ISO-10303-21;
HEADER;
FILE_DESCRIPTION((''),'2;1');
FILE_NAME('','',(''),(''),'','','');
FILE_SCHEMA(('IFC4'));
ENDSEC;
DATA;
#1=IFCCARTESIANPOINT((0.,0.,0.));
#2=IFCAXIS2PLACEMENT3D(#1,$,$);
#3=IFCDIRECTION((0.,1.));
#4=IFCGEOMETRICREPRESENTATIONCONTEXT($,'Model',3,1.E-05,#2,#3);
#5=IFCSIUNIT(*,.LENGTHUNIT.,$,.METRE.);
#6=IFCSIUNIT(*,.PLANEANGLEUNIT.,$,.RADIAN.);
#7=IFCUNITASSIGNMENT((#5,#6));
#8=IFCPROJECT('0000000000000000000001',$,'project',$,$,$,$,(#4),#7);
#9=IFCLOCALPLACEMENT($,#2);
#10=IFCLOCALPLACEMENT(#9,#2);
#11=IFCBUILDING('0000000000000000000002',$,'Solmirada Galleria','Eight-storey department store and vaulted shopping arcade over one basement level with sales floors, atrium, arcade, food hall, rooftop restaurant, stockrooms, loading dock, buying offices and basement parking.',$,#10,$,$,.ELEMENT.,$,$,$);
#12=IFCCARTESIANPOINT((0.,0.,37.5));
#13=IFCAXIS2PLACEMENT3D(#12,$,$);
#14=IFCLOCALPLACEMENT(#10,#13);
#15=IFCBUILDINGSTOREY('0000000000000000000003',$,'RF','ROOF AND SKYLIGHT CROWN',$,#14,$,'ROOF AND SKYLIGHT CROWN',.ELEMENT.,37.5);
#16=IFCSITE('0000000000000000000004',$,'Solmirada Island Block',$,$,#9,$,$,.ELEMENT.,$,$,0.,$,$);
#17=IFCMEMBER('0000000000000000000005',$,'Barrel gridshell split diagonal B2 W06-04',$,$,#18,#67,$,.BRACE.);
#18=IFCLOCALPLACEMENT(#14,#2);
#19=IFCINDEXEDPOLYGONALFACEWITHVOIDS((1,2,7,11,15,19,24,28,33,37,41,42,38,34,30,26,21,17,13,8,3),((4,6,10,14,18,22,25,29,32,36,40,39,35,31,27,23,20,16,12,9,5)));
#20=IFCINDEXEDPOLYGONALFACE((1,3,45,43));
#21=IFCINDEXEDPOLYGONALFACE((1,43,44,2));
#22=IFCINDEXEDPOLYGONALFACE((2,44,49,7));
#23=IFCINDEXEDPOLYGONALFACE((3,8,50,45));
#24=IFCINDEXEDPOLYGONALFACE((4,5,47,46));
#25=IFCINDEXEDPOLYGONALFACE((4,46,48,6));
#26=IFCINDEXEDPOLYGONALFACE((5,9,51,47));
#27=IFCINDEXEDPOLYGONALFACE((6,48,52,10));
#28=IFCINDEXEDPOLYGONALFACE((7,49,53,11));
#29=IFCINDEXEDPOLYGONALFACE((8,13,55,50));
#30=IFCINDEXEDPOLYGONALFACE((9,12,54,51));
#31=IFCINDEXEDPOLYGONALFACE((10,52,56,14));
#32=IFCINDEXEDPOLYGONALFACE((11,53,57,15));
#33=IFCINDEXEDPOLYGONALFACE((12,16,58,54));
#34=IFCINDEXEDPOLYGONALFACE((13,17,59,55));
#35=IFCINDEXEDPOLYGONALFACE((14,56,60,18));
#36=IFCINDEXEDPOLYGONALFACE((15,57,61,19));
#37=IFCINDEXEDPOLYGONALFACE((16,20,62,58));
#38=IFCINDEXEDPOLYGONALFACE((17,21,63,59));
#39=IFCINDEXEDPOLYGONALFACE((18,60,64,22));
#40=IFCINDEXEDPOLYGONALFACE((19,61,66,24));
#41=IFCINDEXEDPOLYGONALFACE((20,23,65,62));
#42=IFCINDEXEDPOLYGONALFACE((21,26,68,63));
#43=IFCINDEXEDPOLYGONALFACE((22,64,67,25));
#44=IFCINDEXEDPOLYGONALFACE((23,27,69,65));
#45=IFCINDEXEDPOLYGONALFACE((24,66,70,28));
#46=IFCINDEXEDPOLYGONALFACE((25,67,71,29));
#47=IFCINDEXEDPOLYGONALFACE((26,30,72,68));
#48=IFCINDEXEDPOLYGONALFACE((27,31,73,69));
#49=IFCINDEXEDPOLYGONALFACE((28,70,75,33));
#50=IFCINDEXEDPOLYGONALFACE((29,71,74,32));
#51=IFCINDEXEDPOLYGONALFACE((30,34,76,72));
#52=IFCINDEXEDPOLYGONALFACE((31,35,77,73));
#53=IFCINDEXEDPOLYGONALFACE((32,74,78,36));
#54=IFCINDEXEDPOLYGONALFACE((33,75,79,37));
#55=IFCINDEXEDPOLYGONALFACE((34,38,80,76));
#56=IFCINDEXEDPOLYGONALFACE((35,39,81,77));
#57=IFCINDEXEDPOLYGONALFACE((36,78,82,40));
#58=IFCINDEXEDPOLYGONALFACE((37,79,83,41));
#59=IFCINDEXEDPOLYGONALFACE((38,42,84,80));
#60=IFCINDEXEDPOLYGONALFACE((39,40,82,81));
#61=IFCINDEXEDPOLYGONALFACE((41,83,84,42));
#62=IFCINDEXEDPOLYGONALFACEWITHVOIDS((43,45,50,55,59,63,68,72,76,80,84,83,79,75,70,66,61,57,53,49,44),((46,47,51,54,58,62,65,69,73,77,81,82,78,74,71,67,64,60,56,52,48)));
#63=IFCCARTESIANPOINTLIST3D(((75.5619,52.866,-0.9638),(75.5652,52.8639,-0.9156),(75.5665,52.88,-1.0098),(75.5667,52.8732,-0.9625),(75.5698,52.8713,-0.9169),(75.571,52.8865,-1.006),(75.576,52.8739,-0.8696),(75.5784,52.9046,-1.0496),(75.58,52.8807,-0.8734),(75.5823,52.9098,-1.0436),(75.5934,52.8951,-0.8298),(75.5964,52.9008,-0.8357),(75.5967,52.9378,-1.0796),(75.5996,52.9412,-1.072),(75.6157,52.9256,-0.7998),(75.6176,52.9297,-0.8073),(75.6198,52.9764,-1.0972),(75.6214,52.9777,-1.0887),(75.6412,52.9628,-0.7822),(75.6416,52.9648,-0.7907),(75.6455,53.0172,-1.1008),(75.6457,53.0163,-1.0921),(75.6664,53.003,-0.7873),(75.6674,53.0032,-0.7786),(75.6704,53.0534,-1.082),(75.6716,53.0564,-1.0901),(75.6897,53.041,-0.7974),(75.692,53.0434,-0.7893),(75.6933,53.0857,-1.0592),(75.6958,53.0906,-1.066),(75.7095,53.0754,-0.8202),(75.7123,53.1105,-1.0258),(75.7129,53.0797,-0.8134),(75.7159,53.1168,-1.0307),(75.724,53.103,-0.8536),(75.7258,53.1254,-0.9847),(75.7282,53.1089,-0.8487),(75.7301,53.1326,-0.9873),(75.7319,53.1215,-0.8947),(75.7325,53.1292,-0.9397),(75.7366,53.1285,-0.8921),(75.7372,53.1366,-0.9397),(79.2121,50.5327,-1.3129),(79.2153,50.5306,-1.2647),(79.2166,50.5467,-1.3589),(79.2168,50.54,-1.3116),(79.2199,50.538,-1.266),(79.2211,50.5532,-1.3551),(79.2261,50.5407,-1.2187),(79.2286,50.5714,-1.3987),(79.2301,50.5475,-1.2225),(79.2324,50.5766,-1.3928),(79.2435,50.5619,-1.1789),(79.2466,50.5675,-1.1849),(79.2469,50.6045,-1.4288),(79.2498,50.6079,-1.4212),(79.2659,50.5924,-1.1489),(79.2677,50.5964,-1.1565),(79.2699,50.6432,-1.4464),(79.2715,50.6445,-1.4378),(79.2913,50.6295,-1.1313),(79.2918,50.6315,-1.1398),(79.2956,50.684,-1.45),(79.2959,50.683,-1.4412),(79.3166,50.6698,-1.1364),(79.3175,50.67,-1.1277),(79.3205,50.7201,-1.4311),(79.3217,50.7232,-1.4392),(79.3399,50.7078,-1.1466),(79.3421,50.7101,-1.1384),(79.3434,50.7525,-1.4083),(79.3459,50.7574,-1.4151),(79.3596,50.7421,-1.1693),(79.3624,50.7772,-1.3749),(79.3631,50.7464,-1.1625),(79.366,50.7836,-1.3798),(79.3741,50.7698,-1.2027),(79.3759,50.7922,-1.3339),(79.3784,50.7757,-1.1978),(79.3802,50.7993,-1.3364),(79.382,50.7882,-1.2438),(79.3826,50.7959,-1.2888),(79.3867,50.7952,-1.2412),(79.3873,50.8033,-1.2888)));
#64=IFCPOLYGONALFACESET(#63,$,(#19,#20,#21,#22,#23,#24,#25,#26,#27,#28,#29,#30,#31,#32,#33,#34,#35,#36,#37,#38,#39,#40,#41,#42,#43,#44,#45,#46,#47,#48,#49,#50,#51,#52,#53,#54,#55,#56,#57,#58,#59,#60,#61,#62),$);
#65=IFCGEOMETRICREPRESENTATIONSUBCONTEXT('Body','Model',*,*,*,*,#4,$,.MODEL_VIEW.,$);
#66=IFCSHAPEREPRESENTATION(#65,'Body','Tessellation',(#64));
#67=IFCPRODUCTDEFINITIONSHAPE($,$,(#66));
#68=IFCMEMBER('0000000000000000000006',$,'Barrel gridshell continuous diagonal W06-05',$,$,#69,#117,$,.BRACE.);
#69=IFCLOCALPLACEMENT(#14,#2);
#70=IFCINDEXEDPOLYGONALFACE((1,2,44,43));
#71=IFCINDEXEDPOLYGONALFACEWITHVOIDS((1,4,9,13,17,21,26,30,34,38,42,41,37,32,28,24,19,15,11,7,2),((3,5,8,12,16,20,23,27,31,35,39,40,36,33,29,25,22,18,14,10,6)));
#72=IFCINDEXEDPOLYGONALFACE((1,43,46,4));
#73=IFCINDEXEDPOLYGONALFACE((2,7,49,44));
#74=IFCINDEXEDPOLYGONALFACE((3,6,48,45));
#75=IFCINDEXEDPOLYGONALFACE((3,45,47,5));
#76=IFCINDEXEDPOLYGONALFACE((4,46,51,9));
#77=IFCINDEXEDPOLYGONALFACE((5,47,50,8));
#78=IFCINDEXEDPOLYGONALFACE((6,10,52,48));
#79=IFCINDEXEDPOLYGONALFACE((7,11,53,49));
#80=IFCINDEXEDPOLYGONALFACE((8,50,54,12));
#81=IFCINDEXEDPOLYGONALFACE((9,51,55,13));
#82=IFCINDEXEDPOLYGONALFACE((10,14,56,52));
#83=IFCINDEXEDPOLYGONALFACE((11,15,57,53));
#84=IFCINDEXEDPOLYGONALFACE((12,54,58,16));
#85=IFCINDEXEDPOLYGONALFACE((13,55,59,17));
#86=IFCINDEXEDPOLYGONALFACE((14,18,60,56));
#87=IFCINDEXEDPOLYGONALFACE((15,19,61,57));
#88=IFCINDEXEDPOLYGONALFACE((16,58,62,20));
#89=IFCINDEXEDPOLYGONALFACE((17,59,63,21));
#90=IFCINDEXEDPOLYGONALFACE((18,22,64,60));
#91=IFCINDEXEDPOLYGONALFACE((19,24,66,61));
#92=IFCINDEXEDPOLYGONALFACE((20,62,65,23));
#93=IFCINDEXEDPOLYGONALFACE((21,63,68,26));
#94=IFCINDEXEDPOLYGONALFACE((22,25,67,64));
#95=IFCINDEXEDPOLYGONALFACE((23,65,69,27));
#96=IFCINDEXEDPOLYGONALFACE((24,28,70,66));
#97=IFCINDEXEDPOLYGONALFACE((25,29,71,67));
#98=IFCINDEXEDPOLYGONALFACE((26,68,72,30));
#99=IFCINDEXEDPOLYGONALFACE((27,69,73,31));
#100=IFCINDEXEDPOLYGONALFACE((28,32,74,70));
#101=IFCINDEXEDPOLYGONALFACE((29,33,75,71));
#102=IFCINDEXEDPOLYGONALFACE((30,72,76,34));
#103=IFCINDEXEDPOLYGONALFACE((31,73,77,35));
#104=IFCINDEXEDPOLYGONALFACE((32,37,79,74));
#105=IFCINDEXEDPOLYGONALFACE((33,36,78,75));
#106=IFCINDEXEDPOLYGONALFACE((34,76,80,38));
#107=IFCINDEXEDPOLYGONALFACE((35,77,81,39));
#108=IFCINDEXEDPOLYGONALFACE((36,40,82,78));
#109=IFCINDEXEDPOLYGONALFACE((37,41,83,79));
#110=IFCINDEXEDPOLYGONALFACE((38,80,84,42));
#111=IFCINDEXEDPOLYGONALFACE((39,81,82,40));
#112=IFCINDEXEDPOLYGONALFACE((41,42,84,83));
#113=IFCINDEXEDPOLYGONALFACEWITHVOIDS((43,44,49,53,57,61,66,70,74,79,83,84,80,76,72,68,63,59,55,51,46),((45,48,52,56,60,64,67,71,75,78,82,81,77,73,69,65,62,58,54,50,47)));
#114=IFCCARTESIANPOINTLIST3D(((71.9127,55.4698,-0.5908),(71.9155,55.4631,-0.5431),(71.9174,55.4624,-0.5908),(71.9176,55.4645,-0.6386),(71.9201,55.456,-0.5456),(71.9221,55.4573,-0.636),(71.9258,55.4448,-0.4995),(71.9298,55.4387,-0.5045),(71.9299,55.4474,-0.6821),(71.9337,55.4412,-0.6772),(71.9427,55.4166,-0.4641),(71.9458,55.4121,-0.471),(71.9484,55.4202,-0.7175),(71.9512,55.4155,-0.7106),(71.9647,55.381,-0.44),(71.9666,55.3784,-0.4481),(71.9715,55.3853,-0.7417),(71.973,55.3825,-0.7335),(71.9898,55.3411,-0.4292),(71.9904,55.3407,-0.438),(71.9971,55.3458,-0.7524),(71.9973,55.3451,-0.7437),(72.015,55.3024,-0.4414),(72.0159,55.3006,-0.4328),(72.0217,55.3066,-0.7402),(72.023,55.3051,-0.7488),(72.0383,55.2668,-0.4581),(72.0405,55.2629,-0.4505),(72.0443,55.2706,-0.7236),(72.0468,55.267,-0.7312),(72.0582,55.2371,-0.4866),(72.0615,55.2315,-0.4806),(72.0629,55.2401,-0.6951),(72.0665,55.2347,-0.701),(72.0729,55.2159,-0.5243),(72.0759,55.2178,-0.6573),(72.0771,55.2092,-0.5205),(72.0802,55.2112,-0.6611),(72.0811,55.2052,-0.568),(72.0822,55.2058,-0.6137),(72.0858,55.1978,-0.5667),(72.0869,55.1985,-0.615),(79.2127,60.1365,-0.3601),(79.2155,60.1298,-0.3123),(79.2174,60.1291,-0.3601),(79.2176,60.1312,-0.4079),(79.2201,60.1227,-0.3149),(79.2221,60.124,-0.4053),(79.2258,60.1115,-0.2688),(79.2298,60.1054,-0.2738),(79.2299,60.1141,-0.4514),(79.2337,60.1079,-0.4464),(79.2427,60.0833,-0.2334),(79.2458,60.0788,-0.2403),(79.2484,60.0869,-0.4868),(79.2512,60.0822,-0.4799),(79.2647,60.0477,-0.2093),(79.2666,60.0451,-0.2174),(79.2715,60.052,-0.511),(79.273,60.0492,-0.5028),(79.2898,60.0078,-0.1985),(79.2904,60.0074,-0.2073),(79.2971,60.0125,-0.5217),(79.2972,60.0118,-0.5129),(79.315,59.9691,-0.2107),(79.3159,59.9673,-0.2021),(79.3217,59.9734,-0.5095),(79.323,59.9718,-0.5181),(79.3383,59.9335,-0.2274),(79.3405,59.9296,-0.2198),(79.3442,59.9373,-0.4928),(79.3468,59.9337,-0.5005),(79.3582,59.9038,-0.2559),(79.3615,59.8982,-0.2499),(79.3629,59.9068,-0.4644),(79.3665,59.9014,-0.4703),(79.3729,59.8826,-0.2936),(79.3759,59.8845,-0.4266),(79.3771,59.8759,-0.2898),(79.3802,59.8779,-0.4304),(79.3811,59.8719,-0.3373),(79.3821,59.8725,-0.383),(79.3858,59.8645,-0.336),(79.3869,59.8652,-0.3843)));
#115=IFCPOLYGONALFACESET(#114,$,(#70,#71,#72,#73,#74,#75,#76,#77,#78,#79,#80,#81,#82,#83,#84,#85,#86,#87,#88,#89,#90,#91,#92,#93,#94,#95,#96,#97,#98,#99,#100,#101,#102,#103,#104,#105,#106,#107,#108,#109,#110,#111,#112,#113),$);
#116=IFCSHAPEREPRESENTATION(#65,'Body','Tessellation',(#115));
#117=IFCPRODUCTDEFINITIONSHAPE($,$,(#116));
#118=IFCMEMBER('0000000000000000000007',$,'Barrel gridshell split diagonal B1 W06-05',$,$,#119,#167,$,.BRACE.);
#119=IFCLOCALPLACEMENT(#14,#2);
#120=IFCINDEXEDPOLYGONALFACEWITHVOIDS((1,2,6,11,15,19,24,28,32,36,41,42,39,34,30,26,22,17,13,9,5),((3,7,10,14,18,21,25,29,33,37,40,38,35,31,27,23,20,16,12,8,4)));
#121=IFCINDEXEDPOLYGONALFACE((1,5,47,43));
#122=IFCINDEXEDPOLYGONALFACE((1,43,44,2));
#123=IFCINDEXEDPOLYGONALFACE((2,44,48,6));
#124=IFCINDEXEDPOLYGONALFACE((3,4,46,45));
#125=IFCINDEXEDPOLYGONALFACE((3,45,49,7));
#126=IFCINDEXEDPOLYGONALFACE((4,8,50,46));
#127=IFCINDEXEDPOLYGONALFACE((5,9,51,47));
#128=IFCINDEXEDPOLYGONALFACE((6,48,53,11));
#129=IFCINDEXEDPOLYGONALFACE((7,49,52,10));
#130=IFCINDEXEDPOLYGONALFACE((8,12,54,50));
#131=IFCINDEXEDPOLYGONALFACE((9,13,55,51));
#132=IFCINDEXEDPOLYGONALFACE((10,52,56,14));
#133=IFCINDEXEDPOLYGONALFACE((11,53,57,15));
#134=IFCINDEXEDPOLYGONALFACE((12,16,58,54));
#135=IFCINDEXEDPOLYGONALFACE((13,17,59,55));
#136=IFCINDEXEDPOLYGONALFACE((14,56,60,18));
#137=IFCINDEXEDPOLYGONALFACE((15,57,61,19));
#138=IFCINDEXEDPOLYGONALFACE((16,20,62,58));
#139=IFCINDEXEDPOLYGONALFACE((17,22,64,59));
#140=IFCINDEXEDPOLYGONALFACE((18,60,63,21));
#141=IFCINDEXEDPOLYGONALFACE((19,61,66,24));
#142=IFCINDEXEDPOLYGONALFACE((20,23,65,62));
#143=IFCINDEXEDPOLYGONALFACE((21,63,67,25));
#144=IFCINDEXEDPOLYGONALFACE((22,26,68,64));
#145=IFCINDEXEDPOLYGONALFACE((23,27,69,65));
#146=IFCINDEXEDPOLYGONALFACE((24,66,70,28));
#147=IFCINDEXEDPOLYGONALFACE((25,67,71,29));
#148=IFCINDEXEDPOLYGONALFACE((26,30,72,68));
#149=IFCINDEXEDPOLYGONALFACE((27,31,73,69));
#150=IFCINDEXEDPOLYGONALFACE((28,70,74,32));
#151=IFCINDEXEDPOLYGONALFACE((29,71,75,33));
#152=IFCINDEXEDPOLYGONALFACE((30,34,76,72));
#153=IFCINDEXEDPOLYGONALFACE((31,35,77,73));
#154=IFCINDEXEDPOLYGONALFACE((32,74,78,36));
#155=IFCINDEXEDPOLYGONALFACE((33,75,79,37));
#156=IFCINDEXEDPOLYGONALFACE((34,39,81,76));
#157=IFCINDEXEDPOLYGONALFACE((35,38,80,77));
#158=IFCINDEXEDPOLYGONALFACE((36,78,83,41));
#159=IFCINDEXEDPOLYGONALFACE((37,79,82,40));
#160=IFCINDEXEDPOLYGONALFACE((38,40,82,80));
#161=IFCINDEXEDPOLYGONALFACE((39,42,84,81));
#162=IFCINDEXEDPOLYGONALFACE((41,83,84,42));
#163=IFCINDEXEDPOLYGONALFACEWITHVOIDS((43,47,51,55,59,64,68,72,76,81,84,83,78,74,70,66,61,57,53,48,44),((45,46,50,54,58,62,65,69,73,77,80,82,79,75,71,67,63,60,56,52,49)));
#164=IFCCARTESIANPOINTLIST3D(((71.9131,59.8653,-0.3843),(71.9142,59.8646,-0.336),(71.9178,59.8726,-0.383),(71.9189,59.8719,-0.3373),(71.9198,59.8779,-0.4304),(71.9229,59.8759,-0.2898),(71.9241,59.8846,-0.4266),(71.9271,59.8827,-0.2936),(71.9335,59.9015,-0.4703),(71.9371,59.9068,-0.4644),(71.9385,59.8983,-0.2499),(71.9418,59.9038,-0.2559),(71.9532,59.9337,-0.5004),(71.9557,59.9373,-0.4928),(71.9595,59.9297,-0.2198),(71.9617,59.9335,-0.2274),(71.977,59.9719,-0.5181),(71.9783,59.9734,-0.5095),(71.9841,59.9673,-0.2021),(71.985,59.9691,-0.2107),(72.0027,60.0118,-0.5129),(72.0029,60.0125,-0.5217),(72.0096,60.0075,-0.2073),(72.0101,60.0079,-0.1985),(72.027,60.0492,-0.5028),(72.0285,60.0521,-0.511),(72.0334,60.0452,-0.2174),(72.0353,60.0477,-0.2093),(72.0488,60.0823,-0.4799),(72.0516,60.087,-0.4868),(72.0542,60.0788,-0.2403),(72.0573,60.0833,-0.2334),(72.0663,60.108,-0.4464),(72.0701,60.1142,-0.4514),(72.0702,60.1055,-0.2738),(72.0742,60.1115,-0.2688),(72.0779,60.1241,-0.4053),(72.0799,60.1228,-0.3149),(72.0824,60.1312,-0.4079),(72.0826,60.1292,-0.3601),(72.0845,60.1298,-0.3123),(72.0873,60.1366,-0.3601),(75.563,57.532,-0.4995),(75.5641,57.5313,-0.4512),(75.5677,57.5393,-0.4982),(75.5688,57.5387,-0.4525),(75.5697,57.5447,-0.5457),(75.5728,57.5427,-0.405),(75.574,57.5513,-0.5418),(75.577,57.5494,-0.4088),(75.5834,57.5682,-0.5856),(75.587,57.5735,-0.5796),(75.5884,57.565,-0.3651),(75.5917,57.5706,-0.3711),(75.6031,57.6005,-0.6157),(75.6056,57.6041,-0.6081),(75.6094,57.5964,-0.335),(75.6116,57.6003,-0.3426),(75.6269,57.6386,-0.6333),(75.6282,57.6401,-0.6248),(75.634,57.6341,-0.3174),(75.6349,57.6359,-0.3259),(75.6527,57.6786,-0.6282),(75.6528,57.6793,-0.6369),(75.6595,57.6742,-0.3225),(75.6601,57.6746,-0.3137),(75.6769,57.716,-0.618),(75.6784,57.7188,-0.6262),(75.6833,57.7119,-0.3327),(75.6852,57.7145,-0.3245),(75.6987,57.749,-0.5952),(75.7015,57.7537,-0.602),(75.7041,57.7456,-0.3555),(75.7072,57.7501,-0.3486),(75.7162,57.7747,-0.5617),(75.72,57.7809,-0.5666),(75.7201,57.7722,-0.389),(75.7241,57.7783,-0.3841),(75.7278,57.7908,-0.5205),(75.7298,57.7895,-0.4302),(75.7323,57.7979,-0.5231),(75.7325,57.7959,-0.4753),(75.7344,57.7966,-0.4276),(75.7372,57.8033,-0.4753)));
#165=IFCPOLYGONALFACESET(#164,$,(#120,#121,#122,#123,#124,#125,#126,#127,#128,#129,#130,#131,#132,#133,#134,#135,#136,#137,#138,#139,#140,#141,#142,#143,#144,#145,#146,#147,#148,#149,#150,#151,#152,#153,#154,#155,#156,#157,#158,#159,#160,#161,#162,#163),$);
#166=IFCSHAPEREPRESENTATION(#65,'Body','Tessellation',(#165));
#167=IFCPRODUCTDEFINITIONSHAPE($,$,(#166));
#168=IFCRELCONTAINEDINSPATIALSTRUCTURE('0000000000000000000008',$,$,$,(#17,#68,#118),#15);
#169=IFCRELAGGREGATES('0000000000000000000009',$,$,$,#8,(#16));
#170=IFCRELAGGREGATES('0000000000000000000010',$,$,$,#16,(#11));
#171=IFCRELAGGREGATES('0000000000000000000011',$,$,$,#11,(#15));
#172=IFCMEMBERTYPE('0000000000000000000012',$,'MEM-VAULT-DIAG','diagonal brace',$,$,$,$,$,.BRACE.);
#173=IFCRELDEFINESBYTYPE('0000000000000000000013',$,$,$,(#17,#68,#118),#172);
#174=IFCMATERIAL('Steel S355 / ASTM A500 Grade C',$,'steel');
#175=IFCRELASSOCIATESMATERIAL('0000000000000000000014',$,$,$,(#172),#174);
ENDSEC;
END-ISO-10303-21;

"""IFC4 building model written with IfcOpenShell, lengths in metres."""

from ifc_helpers import new_model, si_unit, direction, frame, origin, origin_2d, place, context, subcontext, project, spatial, hollow_circle, extrude, material, material_profile, profile_set, type_object, element, save


model = new_model("IFC4")

# Units and contexts
model_context = context("Model", 3, precision=1e-05, world=origin(), true_north=direction((0.0, 1.0)))
body_context = subcontext(model_context, "Body", "Model", "MODEL_VIEW")
ifc_project = project(units=[si_unit("LENGTHUNIT", "METRE"), si_unit("PLANEANGLEUNIT", "RADIAN")], contexts=[model_context])

# Site, building, storey
site_placement = place(None, origin())
site = spatial("IfcSite", under=ifc_project, at=site_placement, Name="Solmirada Island Block", CompositionType="ELEMENT", RefElevation=0.0)
building_placement = place(site_placement, origin())
building = spatial("IfcBuilding", under=site, at=building_placement, Name="Solmirada Galleria", Description="Eight-storey department store and vaulted shopping arcade over one basement level with sales floors, atrium, arcade, food hall, rooftop restaurant, stockrooms, loading dock, buying offices and basement parking.", CompositionType="ELEMENT")
storey_placement = place(building_placement, frame((0.0, 0.0, 37.5)))
storey = spatial("IfcBuildingStorey", under=building, at=storey_placement, Name="RF", Description="ROOF AND SKYLIGHT CROWN", LongName="ROOF AND SKYLIGHT CROWN", CompositionType="ELEMENT", Elevation=37.5)

# Members
ifc_material_1 = material(Name="Steel S355 / ASTM A500 Grade C", Category="steel")
ifc_material_profile_1 = material_profile(ifc_material_1, hollow_circle(Radius=0.1621, WallThickness=0.0088, at=origin_2d()), Name="HSS12.750X0.375")
ifc_profile_set_1 = profile_set([ifc_material_profile_1], Name="Steel S355 / ASTM A500 Grade C")
member_type_1 = type_object("IfcMemberType", Name="MEM-VAULT-DIAG", Description="diagonal brace", PredefinedType="BRACE", material=ifc_profile_set_1)
member_1_placement = place(storey_placement, frame((75.6499, 53.0, -0.9397), z_axis=(0.839846, -0.536848, -0.080328), x_axis=(0.538588, 0.842569, 0.0)))
element("IfcMember", 1, at=member_1_placement, inside=storey, type_object=member_type_1, Name="Barrel gridshell split diagonal B2 W06-04", PredefinedType="BRACE", context=body_context, shape_type="SweptSolid", body=[
    extrude(hollow_circle(Radius=0.1621, WallThickness=0.0088, at=origin_2d()), origin(), (0.0, 0.0, 1.0), 4.3462),
])
member_2_placement = place(storey_placement, frame((72.0, 55.3333, -0.5908), z_axis=(0.84225, 0.53843, 0.026619), x_axis=(-0.538621, 0.842548, 0.0)))
element("IfcMember", 2, at=member_2_placement, inside=storey, type_object=member_type_1, Name="Barrel gridshell continuous diagonal W06-05", PredefinedType="BRACE", context=body_context, shape_type="SweptSolid", body=[
    extrude(hollow_circle(Radius=0.1621, WallThickness=0.0088, at=origin_2d()), origin(), (0.0, 0.0, 1.0), 8.6672),
])
member_3_placement = place(storey_placement, frame((72.0, 60.0, -0.3601), z_axis=(0.842255, -0.538423, -0.026592), x_axis=(0.538614, 0.842553, 0.0)))
element("IfcMember", 3, at=member_3_placement, inside=storey, type_object=member_type_1, Name="Barrel gridshell split diagonal B1 W06-05", PredefinedType="BRACE", context=body_context, shape_type="SweptSolid", body=[
    extrude(hollow_circle(Radius=0.1621, WallThickness=0.0088, at=origin_2d()), origin(), (0.0, 0.0, 1.0), 4.3335),
])

save(model, "model.ifc")
